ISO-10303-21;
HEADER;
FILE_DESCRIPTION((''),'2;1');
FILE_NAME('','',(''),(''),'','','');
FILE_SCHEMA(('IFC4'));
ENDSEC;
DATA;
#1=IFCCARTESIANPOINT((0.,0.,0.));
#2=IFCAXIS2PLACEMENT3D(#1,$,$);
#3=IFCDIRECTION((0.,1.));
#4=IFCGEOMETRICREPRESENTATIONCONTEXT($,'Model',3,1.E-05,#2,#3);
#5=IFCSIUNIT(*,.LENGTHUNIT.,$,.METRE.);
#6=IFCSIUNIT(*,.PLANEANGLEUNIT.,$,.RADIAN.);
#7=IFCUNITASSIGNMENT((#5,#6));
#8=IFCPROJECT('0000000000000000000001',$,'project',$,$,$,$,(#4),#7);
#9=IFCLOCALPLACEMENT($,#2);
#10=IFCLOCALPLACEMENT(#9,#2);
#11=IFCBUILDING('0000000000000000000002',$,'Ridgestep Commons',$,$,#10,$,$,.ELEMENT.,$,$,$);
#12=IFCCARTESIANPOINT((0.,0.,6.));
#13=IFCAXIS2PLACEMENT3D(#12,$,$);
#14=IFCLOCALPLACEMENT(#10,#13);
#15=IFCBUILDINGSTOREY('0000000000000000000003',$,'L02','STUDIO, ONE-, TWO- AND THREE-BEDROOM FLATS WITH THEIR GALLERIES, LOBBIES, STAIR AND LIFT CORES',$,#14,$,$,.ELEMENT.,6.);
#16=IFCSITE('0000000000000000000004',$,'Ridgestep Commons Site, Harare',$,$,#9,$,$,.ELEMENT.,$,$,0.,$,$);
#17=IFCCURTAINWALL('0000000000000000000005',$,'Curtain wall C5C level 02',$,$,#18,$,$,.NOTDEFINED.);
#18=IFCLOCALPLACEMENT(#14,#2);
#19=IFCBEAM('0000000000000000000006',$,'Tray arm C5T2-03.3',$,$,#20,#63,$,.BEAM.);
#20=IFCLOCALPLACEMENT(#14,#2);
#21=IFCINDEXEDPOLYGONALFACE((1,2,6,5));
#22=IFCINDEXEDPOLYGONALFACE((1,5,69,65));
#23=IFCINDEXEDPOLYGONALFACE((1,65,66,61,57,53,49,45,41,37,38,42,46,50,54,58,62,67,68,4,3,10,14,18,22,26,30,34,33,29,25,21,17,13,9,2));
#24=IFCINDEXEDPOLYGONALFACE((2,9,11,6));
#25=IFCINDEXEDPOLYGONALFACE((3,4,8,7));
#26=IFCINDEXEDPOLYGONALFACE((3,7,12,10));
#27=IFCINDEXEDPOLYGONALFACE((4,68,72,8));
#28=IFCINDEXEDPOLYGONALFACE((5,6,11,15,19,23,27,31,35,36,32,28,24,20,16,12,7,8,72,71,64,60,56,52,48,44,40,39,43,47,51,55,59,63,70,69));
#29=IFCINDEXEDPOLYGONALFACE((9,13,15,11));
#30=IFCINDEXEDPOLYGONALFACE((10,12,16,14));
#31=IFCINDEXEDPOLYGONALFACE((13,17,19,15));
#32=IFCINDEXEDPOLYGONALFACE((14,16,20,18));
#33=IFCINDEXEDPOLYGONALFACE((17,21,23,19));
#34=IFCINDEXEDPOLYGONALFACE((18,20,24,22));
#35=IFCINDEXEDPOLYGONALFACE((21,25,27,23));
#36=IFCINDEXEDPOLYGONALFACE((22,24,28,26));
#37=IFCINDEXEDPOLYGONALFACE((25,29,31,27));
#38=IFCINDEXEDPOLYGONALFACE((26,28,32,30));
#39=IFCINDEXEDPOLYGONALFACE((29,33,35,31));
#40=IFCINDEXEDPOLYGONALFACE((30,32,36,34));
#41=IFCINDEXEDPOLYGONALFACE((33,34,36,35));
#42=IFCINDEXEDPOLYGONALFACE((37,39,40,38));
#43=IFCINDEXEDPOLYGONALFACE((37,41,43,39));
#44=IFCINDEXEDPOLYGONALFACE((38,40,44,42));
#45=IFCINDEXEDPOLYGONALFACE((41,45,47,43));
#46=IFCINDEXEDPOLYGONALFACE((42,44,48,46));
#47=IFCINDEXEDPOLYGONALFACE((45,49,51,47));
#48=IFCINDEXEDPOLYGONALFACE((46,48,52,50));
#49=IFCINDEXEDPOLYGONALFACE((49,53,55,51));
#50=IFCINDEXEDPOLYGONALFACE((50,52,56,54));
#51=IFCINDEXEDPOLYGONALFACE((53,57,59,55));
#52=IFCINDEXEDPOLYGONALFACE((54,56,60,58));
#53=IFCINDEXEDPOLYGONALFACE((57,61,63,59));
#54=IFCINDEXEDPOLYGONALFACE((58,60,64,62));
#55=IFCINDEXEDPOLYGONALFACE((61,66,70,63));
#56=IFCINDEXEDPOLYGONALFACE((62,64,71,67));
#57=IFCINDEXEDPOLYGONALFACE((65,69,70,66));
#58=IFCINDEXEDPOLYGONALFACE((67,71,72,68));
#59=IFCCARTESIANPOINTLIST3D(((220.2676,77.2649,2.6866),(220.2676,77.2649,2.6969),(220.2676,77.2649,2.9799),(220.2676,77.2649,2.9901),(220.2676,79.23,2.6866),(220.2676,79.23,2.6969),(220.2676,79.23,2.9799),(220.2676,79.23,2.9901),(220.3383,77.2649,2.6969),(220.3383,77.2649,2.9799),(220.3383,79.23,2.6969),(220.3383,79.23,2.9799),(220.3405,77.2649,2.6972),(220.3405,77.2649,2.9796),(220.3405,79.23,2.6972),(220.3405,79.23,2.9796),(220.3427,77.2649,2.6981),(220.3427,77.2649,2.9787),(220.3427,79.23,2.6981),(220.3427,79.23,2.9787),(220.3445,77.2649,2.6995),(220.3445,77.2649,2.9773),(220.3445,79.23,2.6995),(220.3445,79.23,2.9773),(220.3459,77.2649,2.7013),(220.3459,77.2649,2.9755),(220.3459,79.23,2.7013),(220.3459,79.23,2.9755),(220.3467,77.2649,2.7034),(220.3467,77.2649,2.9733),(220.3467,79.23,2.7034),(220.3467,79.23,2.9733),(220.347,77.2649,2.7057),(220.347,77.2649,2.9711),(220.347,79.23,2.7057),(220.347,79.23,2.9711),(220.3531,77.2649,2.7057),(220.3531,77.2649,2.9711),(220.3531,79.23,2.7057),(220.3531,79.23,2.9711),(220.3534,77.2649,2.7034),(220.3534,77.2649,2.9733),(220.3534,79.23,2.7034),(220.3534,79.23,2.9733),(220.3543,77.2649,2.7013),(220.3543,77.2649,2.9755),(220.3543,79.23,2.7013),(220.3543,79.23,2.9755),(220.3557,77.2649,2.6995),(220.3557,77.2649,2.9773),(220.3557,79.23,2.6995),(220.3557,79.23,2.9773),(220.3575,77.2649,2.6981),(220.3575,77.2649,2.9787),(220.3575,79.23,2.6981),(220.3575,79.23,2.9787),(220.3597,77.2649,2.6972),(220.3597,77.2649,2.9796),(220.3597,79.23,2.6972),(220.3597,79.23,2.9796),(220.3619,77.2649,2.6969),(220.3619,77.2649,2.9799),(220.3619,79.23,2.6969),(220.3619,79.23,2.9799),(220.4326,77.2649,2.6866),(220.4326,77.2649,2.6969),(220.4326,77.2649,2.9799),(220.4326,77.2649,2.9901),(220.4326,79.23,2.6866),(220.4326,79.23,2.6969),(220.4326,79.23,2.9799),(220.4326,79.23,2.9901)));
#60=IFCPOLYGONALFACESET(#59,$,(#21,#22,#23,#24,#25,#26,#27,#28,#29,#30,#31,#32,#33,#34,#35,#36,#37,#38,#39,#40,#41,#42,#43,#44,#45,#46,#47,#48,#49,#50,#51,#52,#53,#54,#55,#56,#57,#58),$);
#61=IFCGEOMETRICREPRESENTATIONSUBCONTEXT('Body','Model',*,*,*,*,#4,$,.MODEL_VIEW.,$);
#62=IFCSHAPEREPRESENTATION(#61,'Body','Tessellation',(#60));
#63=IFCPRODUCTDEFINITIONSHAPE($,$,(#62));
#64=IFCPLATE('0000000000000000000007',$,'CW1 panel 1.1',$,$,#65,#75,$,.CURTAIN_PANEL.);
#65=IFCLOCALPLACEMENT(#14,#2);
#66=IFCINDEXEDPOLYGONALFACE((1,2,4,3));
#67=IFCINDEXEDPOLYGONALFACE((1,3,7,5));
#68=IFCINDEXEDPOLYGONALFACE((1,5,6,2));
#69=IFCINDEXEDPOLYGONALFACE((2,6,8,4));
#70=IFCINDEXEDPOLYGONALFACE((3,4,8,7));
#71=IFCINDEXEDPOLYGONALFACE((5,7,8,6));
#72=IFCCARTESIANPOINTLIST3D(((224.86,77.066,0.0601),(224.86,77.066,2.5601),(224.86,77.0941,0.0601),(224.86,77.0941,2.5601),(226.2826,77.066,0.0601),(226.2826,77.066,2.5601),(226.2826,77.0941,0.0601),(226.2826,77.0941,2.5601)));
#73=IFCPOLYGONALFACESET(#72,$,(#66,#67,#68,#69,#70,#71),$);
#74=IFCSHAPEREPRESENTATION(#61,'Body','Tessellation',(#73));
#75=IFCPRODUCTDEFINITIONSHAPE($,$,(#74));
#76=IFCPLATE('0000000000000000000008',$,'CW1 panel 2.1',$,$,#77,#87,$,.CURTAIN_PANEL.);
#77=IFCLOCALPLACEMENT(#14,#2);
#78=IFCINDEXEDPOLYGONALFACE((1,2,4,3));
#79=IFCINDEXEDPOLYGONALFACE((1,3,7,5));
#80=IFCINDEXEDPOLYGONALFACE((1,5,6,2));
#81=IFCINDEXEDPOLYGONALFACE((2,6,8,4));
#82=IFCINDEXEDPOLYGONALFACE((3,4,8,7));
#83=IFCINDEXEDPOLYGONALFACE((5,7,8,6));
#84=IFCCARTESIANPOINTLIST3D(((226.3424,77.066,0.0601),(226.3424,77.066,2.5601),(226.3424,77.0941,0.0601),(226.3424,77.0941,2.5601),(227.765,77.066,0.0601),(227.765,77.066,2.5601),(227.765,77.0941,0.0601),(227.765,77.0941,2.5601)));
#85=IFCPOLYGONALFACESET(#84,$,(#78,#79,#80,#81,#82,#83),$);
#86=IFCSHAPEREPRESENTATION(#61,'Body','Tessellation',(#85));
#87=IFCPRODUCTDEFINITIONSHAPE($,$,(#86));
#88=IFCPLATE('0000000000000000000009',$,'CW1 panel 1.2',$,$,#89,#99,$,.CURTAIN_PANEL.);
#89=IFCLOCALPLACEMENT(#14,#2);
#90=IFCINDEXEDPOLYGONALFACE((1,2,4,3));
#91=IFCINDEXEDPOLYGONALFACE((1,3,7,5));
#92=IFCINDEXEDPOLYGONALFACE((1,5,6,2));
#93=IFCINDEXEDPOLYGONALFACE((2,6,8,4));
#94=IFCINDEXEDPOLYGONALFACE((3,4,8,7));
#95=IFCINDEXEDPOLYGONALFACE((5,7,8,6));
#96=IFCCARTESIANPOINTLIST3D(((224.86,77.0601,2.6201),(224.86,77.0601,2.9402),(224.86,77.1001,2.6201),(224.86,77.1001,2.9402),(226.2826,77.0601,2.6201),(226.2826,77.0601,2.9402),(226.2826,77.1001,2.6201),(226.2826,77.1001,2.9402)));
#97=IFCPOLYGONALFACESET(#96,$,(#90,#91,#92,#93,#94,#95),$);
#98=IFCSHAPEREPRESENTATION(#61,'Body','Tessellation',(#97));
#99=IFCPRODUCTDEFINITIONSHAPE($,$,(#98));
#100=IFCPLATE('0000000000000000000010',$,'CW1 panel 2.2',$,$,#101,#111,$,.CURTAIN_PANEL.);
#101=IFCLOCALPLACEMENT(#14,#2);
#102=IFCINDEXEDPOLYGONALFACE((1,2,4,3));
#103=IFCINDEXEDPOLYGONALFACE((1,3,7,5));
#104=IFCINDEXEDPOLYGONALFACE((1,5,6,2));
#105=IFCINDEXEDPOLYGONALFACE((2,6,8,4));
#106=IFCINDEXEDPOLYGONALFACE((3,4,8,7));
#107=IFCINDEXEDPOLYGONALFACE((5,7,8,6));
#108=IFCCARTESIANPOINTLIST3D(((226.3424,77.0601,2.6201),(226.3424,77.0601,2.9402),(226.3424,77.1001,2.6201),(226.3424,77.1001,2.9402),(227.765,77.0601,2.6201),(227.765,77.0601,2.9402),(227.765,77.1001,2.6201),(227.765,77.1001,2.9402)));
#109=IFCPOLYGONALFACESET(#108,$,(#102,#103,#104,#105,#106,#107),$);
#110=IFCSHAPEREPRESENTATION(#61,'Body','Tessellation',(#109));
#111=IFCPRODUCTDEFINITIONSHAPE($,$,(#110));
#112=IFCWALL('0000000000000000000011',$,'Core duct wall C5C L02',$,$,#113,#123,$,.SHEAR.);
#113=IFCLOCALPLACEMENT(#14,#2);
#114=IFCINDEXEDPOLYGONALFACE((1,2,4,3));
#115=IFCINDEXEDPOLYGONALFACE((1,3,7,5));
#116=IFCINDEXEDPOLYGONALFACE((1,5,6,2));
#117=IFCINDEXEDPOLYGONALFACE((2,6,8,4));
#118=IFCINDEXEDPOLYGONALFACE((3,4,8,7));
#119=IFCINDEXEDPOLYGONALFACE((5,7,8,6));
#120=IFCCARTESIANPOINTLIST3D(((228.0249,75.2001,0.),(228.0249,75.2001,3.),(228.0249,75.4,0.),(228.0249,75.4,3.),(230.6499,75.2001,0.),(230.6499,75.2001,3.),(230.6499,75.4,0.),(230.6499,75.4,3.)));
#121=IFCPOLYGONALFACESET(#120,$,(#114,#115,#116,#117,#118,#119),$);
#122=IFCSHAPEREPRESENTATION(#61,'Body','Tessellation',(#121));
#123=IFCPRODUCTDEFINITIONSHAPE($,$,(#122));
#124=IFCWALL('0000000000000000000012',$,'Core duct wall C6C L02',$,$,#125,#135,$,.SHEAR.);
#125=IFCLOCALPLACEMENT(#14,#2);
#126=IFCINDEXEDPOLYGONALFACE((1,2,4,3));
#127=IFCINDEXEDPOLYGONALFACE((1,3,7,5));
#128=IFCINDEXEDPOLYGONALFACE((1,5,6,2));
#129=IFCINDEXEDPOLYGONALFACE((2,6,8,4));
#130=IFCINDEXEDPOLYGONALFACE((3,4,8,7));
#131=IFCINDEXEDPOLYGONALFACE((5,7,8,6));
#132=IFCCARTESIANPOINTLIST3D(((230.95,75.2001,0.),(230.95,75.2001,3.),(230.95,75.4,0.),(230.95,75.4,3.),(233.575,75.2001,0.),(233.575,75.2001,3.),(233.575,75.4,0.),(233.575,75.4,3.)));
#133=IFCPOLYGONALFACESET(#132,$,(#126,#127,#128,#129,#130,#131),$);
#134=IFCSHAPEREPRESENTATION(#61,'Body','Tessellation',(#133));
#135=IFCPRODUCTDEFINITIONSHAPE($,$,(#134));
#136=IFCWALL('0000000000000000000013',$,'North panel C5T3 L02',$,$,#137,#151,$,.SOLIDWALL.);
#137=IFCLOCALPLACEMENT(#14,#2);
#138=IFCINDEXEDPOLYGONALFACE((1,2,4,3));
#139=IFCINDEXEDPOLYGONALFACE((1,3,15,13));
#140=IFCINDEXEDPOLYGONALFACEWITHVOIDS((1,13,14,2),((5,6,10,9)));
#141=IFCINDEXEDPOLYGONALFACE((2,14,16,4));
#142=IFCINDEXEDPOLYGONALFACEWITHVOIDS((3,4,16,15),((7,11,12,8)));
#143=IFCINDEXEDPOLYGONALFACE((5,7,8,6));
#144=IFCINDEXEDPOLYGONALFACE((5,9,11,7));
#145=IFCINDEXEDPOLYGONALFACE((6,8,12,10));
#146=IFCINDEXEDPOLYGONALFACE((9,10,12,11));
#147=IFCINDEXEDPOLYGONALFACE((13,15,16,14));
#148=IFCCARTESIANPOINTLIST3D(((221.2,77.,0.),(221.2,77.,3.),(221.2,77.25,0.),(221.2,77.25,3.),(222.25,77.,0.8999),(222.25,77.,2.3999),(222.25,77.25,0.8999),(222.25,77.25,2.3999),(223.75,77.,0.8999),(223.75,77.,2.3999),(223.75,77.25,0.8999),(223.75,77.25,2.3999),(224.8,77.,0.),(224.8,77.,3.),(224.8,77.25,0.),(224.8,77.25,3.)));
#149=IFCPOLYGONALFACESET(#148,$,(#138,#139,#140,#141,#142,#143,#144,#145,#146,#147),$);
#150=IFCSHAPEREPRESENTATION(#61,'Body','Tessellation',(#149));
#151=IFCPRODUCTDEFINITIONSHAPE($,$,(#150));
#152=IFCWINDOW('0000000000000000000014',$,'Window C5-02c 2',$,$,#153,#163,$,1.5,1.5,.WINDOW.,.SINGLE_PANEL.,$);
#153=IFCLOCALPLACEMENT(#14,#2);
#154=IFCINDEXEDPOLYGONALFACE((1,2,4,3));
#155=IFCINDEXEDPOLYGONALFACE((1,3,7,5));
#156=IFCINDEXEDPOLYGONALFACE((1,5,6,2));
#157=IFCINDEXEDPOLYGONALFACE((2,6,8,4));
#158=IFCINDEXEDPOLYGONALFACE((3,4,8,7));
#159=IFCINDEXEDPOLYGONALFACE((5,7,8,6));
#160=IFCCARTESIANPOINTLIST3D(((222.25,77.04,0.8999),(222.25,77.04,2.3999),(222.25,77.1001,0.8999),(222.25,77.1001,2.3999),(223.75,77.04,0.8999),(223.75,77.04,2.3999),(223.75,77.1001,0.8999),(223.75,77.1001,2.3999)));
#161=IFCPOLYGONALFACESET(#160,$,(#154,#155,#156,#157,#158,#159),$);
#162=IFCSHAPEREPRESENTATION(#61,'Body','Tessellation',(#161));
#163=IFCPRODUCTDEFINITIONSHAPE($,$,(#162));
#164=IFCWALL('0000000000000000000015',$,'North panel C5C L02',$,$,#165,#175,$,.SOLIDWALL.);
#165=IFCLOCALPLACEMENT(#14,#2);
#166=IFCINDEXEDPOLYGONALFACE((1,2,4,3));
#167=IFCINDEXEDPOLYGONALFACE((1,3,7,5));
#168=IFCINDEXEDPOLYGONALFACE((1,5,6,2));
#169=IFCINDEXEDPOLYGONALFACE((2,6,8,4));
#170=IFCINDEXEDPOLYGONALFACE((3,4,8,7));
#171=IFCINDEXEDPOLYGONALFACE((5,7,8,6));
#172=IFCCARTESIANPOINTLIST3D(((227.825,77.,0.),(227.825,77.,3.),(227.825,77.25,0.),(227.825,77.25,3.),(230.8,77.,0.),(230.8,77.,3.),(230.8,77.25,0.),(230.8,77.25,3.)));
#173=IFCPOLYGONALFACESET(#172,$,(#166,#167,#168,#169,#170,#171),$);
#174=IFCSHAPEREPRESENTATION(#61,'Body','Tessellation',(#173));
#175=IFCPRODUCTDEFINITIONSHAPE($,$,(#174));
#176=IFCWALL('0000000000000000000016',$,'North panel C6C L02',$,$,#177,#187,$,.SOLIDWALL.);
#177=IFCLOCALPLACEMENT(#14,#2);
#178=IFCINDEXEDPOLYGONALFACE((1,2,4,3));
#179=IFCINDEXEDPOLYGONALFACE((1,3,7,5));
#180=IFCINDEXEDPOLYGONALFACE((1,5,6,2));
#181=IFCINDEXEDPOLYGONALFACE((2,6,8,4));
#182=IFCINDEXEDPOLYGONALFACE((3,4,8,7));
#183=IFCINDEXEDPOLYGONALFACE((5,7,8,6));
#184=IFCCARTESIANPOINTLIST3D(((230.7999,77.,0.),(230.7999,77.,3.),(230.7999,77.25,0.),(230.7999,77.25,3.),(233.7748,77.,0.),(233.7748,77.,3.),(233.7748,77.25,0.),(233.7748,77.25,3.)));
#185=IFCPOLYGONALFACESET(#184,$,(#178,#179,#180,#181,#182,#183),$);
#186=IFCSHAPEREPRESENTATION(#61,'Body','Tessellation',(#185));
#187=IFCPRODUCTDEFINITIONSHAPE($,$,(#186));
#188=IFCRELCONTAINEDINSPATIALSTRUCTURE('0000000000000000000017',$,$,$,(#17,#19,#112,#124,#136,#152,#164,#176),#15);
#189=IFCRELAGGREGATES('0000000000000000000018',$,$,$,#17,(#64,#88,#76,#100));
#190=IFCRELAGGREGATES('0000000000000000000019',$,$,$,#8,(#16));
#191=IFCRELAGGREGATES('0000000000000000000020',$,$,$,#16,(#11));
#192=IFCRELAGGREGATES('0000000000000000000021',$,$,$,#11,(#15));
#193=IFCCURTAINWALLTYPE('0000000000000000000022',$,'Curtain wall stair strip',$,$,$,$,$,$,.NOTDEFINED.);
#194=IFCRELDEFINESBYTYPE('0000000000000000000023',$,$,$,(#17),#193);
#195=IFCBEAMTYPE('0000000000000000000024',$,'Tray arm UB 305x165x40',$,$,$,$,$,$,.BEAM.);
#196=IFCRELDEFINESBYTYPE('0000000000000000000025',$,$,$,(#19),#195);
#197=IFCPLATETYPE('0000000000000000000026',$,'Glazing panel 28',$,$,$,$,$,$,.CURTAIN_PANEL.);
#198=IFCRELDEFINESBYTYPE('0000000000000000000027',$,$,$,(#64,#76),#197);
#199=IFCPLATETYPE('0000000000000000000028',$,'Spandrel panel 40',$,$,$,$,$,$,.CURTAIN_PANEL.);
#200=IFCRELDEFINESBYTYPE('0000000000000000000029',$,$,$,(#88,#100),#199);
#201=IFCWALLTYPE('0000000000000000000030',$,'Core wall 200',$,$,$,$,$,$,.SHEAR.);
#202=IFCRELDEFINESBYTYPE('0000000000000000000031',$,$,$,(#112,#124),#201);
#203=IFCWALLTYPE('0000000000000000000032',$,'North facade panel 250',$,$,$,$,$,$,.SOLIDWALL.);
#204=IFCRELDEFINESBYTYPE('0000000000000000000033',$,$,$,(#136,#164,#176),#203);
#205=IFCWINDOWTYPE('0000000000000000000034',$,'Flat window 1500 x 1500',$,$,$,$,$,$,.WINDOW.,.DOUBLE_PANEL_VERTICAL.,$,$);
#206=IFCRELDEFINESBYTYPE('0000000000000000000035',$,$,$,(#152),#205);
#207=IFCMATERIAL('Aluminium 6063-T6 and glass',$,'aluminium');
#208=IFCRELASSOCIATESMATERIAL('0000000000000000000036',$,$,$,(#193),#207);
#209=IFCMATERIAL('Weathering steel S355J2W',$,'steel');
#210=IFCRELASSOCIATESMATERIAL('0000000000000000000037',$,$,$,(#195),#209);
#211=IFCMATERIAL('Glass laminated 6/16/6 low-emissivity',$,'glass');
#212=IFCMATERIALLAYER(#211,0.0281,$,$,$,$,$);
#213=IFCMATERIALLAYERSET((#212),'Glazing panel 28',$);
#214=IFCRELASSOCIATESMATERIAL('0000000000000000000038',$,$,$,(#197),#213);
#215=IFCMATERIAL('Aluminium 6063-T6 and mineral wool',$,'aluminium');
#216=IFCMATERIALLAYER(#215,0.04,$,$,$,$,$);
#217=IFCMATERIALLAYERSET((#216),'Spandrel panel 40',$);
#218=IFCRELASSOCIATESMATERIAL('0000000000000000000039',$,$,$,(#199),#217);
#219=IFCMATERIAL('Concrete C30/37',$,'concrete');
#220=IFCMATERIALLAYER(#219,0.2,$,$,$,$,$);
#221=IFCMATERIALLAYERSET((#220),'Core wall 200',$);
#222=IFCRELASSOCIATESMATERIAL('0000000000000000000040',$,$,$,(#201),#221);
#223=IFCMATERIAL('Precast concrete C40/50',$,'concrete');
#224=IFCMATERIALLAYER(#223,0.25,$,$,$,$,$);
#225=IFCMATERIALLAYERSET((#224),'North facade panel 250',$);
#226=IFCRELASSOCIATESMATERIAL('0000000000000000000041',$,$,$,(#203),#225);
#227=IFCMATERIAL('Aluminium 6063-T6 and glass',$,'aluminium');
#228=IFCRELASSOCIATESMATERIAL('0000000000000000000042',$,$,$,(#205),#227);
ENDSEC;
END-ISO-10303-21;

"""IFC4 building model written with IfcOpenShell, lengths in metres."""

from ifc_helpers import new_model, si_unit, direction, frame, frame_2d, origin, origin_2d, place, context, subcontext, project, spatial, rectangle, i_section, extrude, material, layer, layer_set, material_profile, profile_set, type_object, element, fill, aggregate, save


model = new_model("IFC4")

# Units and contexts
model_context = context("Model", 3, precision=1e-05, world=origin(), true_north=direction((0.0, 1.0)))
body_context = subcontext(model_context, "Body", "Model", "MODEL_VIEW")
ifc_project = project(units=[si_unit("LENGTHUNIT", "METRE"), si_unit("PLANEANGLEUNIT", "RADIAN")], contexts=[model_context])

# Site, building, storey
site_placement = place(None, origin())
site = spatial("IfcSite", under=ifc_project, at=site_placement, Name="Ridgestep Commons Site, Harare", CompositionType="ELEMENT", RefElevation=0.0)
building_placement = place(site_placement, origin())
building = spatial("IfcBuilding", under=site, at=building_placement, Name="Ridgestep Commons", CompositionType="ELEMENT")
storey_placement = place(building_placement, frame((0.0, 0.0, 6.0)))
storey = spatial("IfcBuildingStorey", under=building, at=storey_placement, Name="L02", Description="STUDIO, ONE-, TWO- AND THREE-BEDROOM FLATS WITH THEIR GALLERIES, LOBBIES, STAIR AND LIFT CORES", CompositionType="ELEMENT", Elevation=6.0)

# Curtain wall
ifc_material_1 = material(Name="Aluminium 6063-T6 and glass", Category="aluminium")
curtain_wall_type = type_object("IfcCurtainWallType", Name="Curtain wall stair strip", PredefinedType="NOTDEFINED", material=ifc_material_1)
curtain_wall_1_placement = place(storey_placement, origin())
curtain_wall_1 = element("IfcCurtainWall", 1, at=curtain_wall_1_placement, inside=storey, type_object=curtain_wall_type, Name="Curtain wall C5C level 02", PredefinedType="NOTDEFINED")

# Beam
ifc_material_2 = material(Name="Weathering steel S355J2W", Category="steel")
ifc_material_profile_1 = material_profile(ifc_material_2, i_section(OverallWidth=0.165, OverallDepth=0.3035, WebThickness=0.0061, FlangeThickness=0.0103, FilletRadius=0.0088, at=origin_2d()), Name="UB 305x165x40")
ifc_profile_set_1 = profile_set([ifc_material_profile_1], Name="Weathering steel S355J2W")
beam_type = type_object("IfcBeamType", Name="Tray arm UB 305x165x40", PredefinedType="BEAM", material=ifc_profile_set_1)
for number, where, z_axis, x_axis, name in (
    (2, (220.3501, 77.2649, 2.8384), (0.0, 1.0, 0.0), (-1.0, 0.0, 0.0), "Tray arm C5T2-03.3"),
):
    element("IfcBeam", number, at=place(storey_placement, frame(where, z_axis=z_axis, x_axis=x_axis)), inside=storey, type_object=beam_type, Name=name, PredefinedType="BEAM", context=body_context, shape_type="SweptSolid", body=[
        extrude(i_section(OverallWidth=0.165, OverallDepth=0.3035, WebThickness=0.0061, FlangeThickness=0.0103, FilletRadius=0.0088, at=origin_2d()), origin(), (0.0, 0.0, 1.0), 1.9651),
    ])

# Plates
ifc_material_3 = material(Name="Glass laminated 6/16/6 low-emissivity", Category="glass")
ifc_layer_1 = layer(ifc_material_3, 0.0281)
ifc_layer_set_1 = layer_set([ifc_layer_1], Name="Glazing panel 28")
plate_type_1 = type_object("IfcPlateType", Name="Glazing panel 28", PredefinedType="CURTAIN_PANEL", material=ifc_layer_set_1)
plate_1_placement = place(storey_placement, frame((225.5713, 77.0801, 0.0601), z_axis=(0.0, 0.0, 1.0), x_axis=(1.0, 0.0, 0.0)))
plate_1 = element("IfcPlate", 3, at=plate_1_placement, type_object=plate_type_1, Name="CW1 panel 1.1", PredefinedType="CURTAIN_PANEL", context=body_context, shape_type="SweptSolid", body=[
    extrude(rectangle(XDim=1.4226, YDim=0.0281, at=origin_2d()), origin(), (0.0, 0.0, 1.0), 2.5),
])
plate_2_placement = place(storey_placement, frame((227.0537, 77.0801, 0.0601), z_axis=(0.0, 0.0, 1.0), x_axis=(1.0, 0.0, 0.0)))
plate_2 = element("IfcPlate", 4, at=plate_2_placement, type_object=plate_type_1, Name="CW1 panel 2.1", PredefinedType="CURTAIN_PANEL", context=body_context, shape_type="SweptSolid", body=[
    extrude(rectangle(XDim=1.4226, YDim=0.0281, at=origin_2d()), origin(), (0.0, 0.0, 1.0), 2.5),
])
ifc_material_4 = material(Name="Aluminium 6063-T6 and mineral wool", Category="aluminium")
ifc_layer_2 = layer(ifc_material_4, 0.04)
ifc_layer_set_2 = layer_set([ifc_layer_2], Name="Spandrel panel 40")
plate_type_2 = type_object("IfcPlateType", Name="Spandrel panel 40", PredefinedType="CURTAIN_PANEL", material=ifc_layer_set_2)
plate_3_placement = place(storey_placement, frame((225.5713, 77.0801, 2.6201), z_axis=(0.0, 0.0, 1.0), x_axis=(1.0, 0.0, 0.0)))
plate_3 = element("IfcPlate", 5, at=plate_3_placement, type_object=plate_type_2, Name="CW1 panel 1.2", PredefinedType="CURTAIN_PANEL", context=body_context, shape_type="SweptSolid", body=[
    extrude(rectangle(XDim=1.4226, YDim=0.04, at=origin_2d()), origin(), (0.0, 0.0, 1.0), 0.3201),
])
plate_4_placement = place(storey_placement, frame((227.0537, 77.0801, 2.6201), z_axis=(0.0, 0.0, 1.0), x_axis=(1.0, 0.0, 0.0)))
plate_4 = element("IfcPlate", 6, at=plate_4_placement, type_object=plate_type_2, Name="CW1 panel 2.2", PredefinedType="CURTAIN_PANEL", context=body_context, shape_type="SweptSolid", body=[
    extrude(rectangle(XDim=1.4226, YDim=0.04, at=origin_2d()), origin(), (0.0, 0.0, 1.0), 0.3201),
])
aggregate(curtain_wall_1, [plate_1, plate_3, plate_2, plate_4])

# Walls
ifc_material_5 = material(Name="Concrete C30/37", Category="concrete")
ifc_layer_3 = layer(ifc_material_5, 0.2)
ifc_layer_set_3 = layer_set([ifc_layer_3], Name="Core wall 200")
wall_type_1 = type_object("IfcWallType", Name="Core wall 200", PredefinedType="SHEAR", material=ifc_layer_set_3)
for number, where, z_axis, x_axis, name in (
    (7, (228.0249, 75.3, 0.0), (0.0, 0.0, 1.0), (1.0, 0.0, 0.0), "Core duct wall C5C L02"),
    (8, (230.95, 75.3, 0.0), (0.0, 0.0, 1.0), (1.0, 0.0, 0.0), "Core duct wall C6C L02"),
):
    element("IfcWall", number, at=place(storey_placement, frame(where, z_axis=z_axis, x_axis=x_axis)), inside=storey, type_object=wall_type_1, Name=name, PredefinedType="SHEAR", context=body_context, shape_type="SweptSolid", body=[
        extrude(rectangle(XDim=2.625, YDim=0.2, at=frame_2d((1.3125, 0.0))), origin(), (0.0, 0.0, 1.0), 3.0),
    ])

# Wall, opening, window
ifc_material_6 = material(Name="Precast concrete C40/50", Category="concrete")
ifc_layer_4 = layer(ifc_material_6, 0.25)
ifc_layer_set_4 = layer_set([ifc_layer_4], Name="North facade panel 250")
wall_type_2 = type_object("IfcWallType", Name="North facade panel 250", PredefinedType="SOLIDWALL", material=ifc_layer_set_4)
wall_1_placement = place(storey_placement, frame((221.2, 77.125, 0.0), z_axis=(0.0, 0.0, 1.0), x_axis=(1.0, 0.0, 0.0)))
wall_1 = element("IfcWall", 9, at=wall_1_placement, inside=storey, type_object=wall_type_2, Name="North panel C5T3 L02", PredefinedType="SOLIDWALL", context=body_context, shape_type="SweptSolid", body=[
    extrude(rectangle(XDim=3.6001, YDim=0.25, at=frame_2d((1.8, 0.0))), origin(), (0.0, 0.0, 1.0), 3.0),
])
opening_1_placement = place(wall_1_placement, frame((1.05, 0.0, 0.8999)))
opening_1 = element("IfcOpeningElement", 10, at=opening_1_placement, cuts=wall_1, PredefinedType="OPENING", context=body_context, shape_type="SweptSolid", body=[
    extrude(rectangle(XDim=1.5, YDim=1.5, at=frame_2d((0.75, 0.75))), frame((0.0, 0.135, 0.0), z_axis=(0.0, -1.0, 0.0), x_axis=(1.0, 0.0, 0.0)), (0.0, 0.0, 1.0), 0.27),
])
ifc_material_7 = material(Name="Aluminium 6063-T6 and glass", Category="aluminium")
window_type = type_object("IfcWindowType", Name="Flat window 1500 x 1500", PartitioningType="DOUBLE_PANEL_VERTICAL", PredefinedType="WINDOW", material=ifc_material_7)
window_placement = place(opening_1_placement, origin())
window = element("IfcWindow", 11, at=window_placement, inside=storey, type_object=window_type, Name="Window C5-02c 2", OverallHeight=1.5, OverallWidth=1.5, PartitioningType="SINGLE_PANEL", PredefinedType="WINDOW", context=body_context, shape_type="SweptSolid", body=[
    extrude(rectangle(XDim=1.5, YDim=1.5, at=frame_2d((0.75, 0.75))), frame((0.0, -0.0249, 0.0), z_axis=(0.0, -1.0, 0.0), x_axis=(1.0, 0.0, 0.0)), (0.0, 0.0, 1.0), 0.0601),
])
fill(opening_1, window)

# Walls
wall_2_placement = place(storey_placement, frame((227.825, 77.125, 0.0), z_axis=(0.0, 0.0, 1.0), x_axis=(1.0, 0.0, 0.0)))
element("IfcWall", 12, at=wall_2_placement, inside=storey, type_object=wall_type_2, Name="North panel C5C L02", PredefinedType="SOLIDWALL", context=body_context, shape_type="SweptSolid", body=[
    extrude(rectangle(XDim=2.9751, YDim=0.25, at=frame_2d((1.4875, 0.0))), origin(), (0.0, 0.0, 1.0), 3.0),
])
wall_3_placement = place(storey_placement, frame((230.8, 77.125, 0.0), z_axis=(0.0, 0.0, 1.0), x_axis=(1.0, 0.0, 0.0)))
element("IfcWall", 13, at=wall_3_placement, inside=storey, type_object=wall_type_2, Name="North panel C6C L02", PredefinedType="SOLIDWALL", context=body_context, shape_type="SweptSolid", body=[
    extrude(rectangle(XDim=2.9749, YDim=0.25, at=frame_2d((1.4873, 0.0))), origin(), (0.0, 0.0, 1.0), 3.0),
])

save(model, "model.ifc")
